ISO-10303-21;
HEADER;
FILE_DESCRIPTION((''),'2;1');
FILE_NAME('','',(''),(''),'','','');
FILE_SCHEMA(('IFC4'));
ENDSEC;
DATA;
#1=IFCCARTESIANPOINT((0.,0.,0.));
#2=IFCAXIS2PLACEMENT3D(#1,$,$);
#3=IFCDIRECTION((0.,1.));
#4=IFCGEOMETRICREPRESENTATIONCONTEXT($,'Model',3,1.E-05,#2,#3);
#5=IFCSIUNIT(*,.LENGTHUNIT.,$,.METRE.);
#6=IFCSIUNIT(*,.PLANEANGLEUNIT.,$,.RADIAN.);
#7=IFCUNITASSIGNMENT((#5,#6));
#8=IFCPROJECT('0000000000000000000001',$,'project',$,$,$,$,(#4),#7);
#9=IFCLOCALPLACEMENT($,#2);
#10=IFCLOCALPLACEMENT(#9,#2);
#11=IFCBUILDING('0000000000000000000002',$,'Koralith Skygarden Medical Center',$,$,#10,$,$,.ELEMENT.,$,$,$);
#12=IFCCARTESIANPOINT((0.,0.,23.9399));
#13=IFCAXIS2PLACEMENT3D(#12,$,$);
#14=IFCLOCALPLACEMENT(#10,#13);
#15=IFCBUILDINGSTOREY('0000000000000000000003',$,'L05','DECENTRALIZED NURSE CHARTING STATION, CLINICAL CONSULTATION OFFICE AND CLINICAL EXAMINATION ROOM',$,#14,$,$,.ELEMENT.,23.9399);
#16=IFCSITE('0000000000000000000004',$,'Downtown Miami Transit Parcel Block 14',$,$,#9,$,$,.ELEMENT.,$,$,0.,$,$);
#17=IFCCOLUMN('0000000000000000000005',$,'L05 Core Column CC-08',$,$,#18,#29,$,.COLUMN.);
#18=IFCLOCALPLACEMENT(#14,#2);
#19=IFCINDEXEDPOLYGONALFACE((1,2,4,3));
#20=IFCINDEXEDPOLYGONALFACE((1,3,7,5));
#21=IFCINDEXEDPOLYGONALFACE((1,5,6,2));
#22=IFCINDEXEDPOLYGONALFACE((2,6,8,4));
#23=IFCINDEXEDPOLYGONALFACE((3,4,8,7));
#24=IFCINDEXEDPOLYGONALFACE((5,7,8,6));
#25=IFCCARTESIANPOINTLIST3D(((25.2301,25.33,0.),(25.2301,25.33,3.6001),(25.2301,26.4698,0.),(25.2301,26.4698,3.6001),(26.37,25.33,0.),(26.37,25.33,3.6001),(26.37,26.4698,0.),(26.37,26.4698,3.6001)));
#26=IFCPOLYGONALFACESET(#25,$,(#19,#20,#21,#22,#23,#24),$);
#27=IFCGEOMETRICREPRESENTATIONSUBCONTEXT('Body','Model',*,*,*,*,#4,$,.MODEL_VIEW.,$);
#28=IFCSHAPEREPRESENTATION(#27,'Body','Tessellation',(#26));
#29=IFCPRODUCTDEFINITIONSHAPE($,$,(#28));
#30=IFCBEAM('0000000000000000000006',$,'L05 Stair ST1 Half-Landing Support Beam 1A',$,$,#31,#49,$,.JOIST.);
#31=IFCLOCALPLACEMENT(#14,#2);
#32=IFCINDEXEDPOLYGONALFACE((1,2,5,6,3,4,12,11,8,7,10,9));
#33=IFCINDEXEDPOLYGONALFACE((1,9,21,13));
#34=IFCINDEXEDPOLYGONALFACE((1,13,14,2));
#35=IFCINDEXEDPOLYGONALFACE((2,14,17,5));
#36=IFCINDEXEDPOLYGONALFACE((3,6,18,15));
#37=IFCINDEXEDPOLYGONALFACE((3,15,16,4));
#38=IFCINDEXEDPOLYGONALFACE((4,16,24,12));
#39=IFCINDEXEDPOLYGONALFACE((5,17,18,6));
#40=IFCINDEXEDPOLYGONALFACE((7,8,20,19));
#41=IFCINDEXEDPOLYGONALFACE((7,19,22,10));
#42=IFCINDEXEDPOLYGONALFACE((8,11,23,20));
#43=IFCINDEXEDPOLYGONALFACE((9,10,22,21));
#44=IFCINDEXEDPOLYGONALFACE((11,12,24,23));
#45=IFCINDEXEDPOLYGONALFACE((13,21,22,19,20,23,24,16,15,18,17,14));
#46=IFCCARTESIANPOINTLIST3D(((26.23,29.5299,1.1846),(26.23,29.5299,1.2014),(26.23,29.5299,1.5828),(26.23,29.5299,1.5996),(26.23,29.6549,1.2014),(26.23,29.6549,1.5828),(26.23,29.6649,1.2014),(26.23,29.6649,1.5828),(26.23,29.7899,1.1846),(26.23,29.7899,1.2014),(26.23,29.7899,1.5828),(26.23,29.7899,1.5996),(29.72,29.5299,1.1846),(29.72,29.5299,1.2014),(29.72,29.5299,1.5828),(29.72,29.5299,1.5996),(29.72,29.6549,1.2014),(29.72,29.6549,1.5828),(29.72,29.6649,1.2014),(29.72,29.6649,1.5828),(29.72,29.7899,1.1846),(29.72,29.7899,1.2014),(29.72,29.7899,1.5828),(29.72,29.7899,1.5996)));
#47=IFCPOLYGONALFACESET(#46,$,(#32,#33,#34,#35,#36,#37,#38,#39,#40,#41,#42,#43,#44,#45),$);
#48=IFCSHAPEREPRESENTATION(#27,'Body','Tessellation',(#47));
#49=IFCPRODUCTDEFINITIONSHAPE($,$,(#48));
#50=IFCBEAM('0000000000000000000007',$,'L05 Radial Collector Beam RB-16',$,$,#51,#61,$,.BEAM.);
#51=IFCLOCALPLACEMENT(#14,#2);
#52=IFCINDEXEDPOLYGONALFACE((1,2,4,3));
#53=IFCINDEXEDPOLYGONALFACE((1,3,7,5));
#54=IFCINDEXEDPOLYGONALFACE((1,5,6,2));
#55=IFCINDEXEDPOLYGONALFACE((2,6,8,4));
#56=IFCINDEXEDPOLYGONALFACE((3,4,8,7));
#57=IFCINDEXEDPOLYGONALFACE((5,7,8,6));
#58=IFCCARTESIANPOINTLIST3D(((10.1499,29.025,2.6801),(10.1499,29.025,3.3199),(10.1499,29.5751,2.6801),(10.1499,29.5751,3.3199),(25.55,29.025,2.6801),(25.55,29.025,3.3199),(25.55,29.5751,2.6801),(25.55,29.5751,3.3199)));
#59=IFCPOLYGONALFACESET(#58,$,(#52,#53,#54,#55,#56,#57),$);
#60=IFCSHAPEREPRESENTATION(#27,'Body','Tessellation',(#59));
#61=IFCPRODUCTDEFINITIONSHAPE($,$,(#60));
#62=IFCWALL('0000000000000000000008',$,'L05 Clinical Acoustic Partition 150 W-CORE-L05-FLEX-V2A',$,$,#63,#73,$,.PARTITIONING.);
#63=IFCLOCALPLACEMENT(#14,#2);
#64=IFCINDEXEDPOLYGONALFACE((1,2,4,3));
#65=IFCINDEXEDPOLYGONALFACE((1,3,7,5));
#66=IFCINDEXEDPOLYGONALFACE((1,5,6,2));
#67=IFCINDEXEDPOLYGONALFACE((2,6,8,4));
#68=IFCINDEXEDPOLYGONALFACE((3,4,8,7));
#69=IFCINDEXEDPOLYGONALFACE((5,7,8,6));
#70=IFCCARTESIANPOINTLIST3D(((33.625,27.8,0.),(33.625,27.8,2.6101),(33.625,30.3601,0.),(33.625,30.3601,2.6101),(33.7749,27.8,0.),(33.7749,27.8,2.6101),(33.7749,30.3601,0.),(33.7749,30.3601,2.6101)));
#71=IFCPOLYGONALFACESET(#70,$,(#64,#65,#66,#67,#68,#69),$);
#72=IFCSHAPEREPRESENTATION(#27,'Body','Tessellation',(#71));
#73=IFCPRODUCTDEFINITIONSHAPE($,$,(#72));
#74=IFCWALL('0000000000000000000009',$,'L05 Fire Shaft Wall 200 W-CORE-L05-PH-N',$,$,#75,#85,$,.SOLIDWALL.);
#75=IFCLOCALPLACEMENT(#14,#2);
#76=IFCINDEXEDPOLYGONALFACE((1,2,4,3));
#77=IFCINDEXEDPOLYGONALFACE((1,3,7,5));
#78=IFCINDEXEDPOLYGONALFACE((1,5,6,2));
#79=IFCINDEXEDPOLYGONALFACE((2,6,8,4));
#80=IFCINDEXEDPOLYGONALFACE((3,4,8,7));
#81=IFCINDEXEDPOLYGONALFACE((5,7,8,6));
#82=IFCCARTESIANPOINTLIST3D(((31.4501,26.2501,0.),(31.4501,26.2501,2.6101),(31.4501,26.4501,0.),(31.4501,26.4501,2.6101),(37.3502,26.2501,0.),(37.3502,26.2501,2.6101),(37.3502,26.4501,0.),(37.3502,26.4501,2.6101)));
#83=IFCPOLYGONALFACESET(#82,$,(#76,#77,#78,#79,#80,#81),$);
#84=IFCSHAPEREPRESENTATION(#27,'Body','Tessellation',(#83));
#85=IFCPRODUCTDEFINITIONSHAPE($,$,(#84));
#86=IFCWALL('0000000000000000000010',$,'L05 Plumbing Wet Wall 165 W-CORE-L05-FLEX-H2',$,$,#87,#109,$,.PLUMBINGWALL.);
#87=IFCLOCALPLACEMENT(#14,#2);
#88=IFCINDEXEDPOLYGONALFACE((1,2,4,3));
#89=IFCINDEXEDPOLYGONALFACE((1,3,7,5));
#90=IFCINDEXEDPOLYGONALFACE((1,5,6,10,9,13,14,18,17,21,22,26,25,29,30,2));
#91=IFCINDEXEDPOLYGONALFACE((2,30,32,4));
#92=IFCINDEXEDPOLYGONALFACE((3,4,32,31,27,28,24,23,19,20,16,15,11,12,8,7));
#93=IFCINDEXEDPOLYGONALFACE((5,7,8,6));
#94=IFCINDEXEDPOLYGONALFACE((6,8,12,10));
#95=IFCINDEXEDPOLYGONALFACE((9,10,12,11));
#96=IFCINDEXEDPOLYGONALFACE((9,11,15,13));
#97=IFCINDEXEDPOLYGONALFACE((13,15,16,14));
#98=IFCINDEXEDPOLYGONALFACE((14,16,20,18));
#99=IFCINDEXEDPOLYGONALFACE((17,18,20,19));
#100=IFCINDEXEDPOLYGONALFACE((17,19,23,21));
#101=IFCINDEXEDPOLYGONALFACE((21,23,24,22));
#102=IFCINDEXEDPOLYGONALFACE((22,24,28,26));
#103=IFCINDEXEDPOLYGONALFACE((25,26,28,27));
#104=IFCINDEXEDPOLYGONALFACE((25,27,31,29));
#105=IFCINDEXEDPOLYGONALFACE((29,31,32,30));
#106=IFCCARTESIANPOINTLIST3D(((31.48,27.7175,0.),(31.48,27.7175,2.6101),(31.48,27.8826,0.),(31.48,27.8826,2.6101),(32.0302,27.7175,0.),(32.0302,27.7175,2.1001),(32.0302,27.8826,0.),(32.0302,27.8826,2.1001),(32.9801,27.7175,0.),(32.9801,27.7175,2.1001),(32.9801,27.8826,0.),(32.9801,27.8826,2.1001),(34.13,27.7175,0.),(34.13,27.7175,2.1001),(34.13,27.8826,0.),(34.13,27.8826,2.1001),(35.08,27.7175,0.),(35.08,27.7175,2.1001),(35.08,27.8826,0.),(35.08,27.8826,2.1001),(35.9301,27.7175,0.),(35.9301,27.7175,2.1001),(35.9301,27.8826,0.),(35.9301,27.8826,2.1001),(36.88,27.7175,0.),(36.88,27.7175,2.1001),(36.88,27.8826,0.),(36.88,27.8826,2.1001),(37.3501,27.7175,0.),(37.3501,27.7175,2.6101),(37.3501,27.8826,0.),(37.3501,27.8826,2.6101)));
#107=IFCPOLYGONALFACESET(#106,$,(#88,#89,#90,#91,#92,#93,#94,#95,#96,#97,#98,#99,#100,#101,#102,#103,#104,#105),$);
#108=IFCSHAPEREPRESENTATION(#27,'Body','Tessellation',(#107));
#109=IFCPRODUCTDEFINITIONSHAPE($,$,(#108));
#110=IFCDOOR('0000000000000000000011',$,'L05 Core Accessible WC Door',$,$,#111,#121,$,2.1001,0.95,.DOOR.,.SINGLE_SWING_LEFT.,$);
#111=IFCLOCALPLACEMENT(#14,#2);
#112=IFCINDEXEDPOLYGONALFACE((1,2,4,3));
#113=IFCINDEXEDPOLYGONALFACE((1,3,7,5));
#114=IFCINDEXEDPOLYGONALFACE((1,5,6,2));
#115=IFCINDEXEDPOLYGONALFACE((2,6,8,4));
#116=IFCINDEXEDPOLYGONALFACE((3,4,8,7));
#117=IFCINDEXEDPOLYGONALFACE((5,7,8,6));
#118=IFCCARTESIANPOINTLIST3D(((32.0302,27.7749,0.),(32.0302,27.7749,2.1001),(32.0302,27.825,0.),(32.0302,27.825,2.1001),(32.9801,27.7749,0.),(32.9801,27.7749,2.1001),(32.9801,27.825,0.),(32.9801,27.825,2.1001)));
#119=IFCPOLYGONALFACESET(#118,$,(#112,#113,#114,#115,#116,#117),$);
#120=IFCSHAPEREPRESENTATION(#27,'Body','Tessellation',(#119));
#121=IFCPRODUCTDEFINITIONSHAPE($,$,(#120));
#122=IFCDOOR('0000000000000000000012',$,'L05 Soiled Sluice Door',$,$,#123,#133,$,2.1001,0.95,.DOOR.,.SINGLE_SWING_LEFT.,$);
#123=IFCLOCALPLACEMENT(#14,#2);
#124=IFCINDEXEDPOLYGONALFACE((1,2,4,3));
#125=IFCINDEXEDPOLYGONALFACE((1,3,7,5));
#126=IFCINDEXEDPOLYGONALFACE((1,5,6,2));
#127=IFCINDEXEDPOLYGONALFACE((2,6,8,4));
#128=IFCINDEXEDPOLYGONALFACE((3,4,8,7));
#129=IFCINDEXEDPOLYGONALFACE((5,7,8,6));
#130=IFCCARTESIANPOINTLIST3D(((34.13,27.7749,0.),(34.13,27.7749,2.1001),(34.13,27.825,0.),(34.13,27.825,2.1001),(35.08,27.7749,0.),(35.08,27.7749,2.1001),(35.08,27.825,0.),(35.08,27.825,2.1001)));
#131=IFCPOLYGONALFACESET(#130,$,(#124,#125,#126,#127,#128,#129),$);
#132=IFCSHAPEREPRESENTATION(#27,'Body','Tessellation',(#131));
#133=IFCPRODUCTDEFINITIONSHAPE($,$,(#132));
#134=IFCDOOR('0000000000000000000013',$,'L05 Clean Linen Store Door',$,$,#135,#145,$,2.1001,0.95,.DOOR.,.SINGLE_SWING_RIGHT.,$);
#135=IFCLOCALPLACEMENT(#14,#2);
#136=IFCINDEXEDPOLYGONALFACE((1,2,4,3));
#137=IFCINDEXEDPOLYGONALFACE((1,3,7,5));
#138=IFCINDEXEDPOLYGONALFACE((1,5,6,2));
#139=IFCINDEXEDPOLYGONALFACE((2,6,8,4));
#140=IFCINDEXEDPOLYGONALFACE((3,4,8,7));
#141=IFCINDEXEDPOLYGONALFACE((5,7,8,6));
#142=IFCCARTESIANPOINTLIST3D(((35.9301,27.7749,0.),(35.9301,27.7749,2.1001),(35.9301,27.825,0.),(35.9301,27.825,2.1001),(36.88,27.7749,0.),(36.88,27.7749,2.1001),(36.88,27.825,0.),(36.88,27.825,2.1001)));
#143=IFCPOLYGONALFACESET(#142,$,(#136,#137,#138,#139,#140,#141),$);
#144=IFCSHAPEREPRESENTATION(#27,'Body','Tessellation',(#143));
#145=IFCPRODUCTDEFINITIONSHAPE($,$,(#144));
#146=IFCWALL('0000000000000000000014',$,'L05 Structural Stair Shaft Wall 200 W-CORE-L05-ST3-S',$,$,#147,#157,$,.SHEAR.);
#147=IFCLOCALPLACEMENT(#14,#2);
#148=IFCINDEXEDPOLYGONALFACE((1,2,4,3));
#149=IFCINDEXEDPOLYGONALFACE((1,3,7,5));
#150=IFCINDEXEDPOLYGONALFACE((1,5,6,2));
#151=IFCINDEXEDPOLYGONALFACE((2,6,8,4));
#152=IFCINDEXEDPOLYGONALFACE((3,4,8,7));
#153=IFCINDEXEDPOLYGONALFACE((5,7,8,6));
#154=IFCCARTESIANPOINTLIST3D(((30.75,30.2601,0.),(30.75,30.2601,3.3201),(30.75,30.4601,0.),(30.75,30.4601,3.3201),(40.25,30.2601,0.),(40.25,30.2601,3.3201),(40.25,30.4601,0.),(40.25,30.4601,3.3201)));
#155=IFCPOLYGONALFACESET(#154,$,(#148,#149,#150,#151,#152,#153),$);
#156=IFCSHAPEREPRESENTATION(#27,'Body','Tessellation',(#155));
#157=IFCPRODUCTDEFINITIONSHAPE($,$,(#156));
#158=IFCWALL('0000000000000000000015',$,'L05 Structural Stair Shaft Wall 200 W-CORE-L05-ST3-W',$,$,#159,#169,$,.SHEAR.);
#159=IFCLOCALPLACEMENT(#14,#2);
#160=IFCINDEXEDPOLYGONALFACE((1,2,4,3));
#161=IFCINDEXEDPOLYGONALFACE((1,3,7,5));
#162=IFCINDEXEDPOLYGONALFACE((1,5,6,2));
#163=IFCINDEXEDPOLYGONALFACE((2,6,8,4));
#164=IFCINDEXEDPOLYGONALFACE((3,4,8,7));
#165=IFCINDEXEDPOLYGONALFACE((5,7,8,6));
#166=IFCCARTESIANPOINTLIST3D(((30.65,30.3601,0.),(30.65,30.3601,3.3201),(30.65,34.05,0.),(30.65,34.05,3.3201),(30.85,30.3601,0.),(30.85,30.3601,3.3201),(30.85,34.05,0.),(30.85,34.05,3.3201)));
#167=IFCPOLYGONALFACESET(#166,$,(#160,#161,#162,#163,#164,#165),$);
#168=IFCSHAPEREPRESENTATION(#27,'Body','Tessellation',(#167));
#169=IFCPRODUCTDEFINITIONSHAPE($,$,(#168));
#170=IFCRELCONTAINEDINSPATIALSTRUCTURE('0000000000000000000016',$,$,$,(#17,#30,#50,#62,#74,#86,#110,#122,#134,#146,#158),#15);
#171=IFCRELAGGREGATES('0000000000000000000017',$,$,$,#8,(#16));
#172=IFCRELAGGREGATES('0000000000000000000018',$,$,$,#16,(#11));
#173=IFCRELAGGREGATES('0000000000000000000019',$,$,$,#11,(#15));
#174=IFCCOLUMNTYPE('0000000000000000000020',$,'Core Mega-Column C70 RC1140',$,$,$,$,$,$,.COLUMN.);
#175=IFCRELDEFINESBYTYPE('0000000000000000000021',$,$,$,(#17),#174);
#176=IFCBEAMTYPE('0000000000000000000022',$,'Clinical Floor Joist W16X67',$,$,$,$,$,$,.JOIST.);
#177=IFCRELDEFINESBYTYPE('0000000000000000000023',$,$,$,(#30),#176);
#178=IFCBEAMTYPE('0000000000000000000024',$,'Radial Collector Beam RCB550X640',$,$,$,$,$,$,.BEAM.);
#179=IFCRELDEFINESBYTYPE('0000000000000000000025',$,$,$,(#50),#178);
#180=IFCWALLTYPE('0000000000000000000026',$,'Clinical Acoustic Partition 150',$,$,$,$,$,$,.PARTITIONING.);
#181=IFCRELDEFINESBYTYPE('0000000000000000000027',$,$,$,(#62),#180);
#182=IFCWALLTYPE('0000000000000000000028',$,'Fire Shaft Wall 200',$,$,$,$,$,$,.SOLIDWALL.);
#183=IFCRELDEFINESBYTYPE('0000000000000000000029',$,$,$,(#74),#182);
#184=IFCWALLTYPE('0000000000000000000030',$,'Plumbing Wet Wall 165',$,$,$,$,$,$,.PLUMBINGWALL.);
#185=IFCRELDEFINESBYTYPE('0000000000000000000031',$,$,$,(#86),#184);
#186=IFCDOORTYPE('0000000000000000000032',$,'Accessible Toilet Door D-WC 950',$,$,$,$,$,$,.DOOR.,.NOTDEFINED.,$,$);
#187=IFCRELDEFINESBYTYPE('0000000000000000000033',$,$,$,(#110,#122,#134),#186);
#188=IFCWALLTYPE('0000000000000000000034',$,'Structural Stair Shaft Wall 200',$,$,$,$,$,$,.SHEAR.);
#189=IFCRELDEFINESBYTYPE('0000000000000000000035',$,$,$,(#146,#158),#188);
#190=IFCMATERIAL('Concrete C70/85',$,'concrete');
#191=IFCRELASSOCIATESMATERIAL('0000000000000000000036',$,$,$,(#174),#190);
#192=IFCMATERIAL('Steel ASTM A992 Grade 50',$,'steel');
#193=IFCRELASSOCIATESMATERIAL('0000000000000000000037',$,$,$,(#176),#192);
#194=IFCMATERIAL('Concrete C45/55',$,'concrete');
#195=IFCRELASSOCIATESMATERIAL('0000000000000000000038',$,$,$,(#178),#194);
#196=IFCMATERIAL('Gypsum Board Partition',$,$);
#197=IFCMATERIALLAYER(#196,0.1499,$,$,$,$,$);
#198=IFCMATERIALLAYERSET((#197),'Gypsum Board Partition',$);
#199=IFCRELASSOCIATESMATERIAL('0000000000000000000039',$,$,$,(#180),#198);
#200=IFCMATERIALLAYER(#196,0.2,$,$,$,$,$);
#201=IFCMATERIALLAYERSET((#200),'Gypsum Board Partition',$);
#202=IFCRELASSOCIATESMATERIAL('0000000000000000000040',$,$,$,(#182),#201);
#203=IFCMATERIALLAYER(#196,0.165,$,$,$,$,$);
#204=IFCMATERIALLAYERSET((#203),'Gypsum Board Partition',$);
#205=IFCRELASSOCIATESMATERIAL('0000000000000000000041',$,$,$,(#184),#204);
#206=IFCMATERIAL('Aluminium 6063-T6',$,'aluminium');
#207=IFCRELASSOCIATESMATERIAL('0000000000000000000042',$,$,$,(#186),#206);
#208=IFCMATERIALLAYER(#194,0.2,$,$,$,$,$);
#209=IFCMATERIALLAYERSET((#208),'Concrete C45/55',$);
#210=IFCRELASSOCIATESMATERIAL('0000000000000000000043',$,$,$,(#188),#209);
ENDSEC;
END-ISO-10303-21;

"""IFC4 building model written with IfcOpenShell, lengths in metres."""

from ifc_helpers import new_model, si_unit, direction, frame, frame_2d, origin, origin_2d, place, context, subcontext, project, spatial, rectangle, i_section, extrude, material, layer, layer_set, material_profile, profile_set, type_object, element, fill, save


model = new_model("IFC4")

# Units and contexts
model_context = context("Model", 3, precision=1e-05, world=origin(), true_north=direction((0.0, 1.0)))
body_context = subcontext(model_context, "Body", "Model", "MODEL_VIEW")
ifc_project = project(units=[si_unit("LENGTHUNIT", "METRE"), si_unit("PLANEANGLEUNIT", "RADIAN")], contexts=[model_context])

# Site, building, storey
site_placement = place(None, origin())
site = spatial("IfcSite", under=ifc_project, at=site_placement, Name="Downtown Miami Transit Parcel Block 14", CompositionType="ELEMENT", RefElevation=0.0)
building_placement = place(site_placement, origin())
building = spatial("IfcBuilding", under=site, at=building_placement, Name="Koralith Skygarden Medical Center", CompositionType="ELEMENT")
storey_placement = place(building_placement, frame((0.0, 0.0, 23.9399)))
storey = spatial("IfcBuildingStorey", under=building, at=storey_placement, Name="L05", Description="DECENTRALIZED NURSE CHARTING STATION, CLINICAL CONSULTATION OFFICE AND CLINICAL EXAMINATION ROOM", CompositionType="ELEMENT", Elevation=23.9399)

# Column
ifc_material_1 = material(Name="Concrete C70/85", Category="concrete")
ifc_material_profile_1 = material_profile(ifc_material_1, rectangle(XDim=1.1399, YDim=1.1399, at=origin_2d()), Name="RC1140X1140")
ifc_profile_set_1 = profile_set([ifc_material_profile_1], Name="Concrete C70/85")
column_type = type_object("IfcColumnType", Name="Core Mega-Column C70 RC1140", PredefinedType="COLUMN", material=ifc_profile_set_1)
column_placement = place(storey_placement, frame((25.8, 25.8999, 0.0), z_axis=(0.0, 0.0, 1.0), x_axis=(1.0, 0.0, 0.0)))
element("IfcColumn", 1, at=column_placement, inside=storey, type_object=column_type, Name="L05 Core Column CC-08", PredefinedType="COLUMN", context=body_context, shape_type="SweptSolid", body=[
    extrude(rectangle(XDim=1.1399, YDim=1.1399, at=origin_2d()), origin(), (0.0, 0.0, 1.0), 3.6001),
])

# Beams
ifc_material_2 = material(Name="Steel ASTM A992 Grade 50", Category="steel")
ifc_material_profile_2 = material_profile(ifc_material_2, i_section(OverallWidth=0.26, OverallDepth=0.415, WebThickness=0.01, FlangeThickness=0.0168, at=origin_2d()), Name="W16X67")
ifc_profile_set_2 = profile_set([ifc_material_profile_2], Name="Steel ASTM A992 Grade 50")
beam_type_1 = type_object("IfcBeamType", Name="Clinical Floor Joist W16X67", PredefinedType="JOIST", material=ifc_profile_set_2)
beam_1_placement = place(storey_placement, frame((26.23, 29.6599, 1.3921), z_axis=(1.0, 0.0, 0.0), x_axis=(0.0, 1.0, 0.0)))
element("IfcBeam", 2, at=beam_1_placement, inside=storey, type_object=beam_type_1, Name="L05 Stair ST1 Half-Landing Support Beam 1A", PredefinedType="JOIST", context=body_context, shape_type="SweptSolid", body=[
    extrude(i_section(OverallWidth=0.26, OverallDepth=0.415, WebThickness=0.01, FlangeThickness=0.0168, at=origin_2d()), origin(), (0.0, 0.0, 1.0), 3.49),
])
ifc_material_3 = material(Name="Concrete C45/55", Category="concrete")
ifc_material_profile_3 = material_profile(ifc_material_3, rectangle(XDim=0.55, YDim=0.6399, at=origin_2d()), Name="RCB550X640")
ifc_profile_set_3 = profile_set([ifc_material_profile_3], Name="Concrete C45/55")
beam_type_2 = type_object("IfcBeamType", Name="Radial Collector Beam RCB550X640", PredefinedType="BEAM", material=ifc_profile_set_3)
beam_2_placement = place(storey_placement, frame((25.55, 29.3, 3.0), z_axis=(-1.0, 0.0, 0.0), x_axis=(0.0, -1.0, 0.0)))
element("IfcBeam", 3, at=beam_2_placement, inside=storey, type_object=beam_type_2, Name="L05 Radial Collector Beam RB-16", PredefinedType="BEAM", context=body_context, shape_type="SweptSolid", body=[
    extrude(rectangle(XDim=0.55, YDim=0.6399, at=origin_2d()), origin(), (0.0, 0.0, 1.0), 15.4001),
])

# Walls
ifc_material_4 = material(Name="Gypsum Board Partition")
ifc_layer_1 = layer(ifc_material_4, 0.1499)
ifc_layer_set_1 = layer_set([ifc_layer_1], Name="Gypsum Board Partition")
wall_type_1 = type_object("IfcWallType", Name="Clinical Acoustic Partition 150", PredefinedType="PARTITIONING", material=ifc_layer_set_1)
wall_1_placement = place(storey_placement, frame((33.7, 27.8, 0.0), z_axis=(0.0, 0.0, 1.0), x_axis=(0.0, 1.0, 0.0)))
element("IfcWall", 4, at=wall_1_placement, inside=storey, type_object=wall_type_1, Name="L05 Clinical Acoustic Partition 150 W-CORE-L05-FLEX-V2A", PredefinedType="PARTITIONING", context=body_context, shape_type="SweptSolid", body=[
    extrude(rectangle(XDim=2.5601, YDim=0.1499, at=frame_2d((1.28, 0.0))), origin(), (0.0, 0.0, 1.0), 2.6101),
])
ifc_layer_2 = layer(ifc_material_4, 0.2)
ifc_layer_set_2 = layer_set([ifc_layer_2], Name="Gypsum Board Partition")
wall_type_2 = type_object("IfcWallType", Name="Fire Shaft Wall 200", PredefinedType="SOLIDWALL", material=ifc_layer_set_2)
wall_2_placement = place(storey_placement, frame((31.45, 26.3501, 0.0), z_axis=(0.0, 0.0, 1.0), x_axis=(1.0, 0.0, 0.0)))
element("IfcWall", 5, at=wall_2_placement, inside=storey, type_object=wall_type_2, Name="L05 Fire Shaft Wall 200 W-CORE-L05-PH-N", PredefinedType="SOLIDWALL", context=body_context, shape_type="SweptSolid", body=[
    extrude(rectangle(XDim=5.9001, YDim=0.2, at=frame_2d((2.9502, 0.0))), origin(), (0.0, 0.0, 1.0), 2.6101),
])

# Shared definitions
ifc_layer_3 = layer(ifc_material_4, 0.165)
ifc_layer_set_3 = layer_set([ifc_layer_3], Name="Gypsum Board Partition")
wall_type_3 = type_object("IfcWallType", Name="Plumbing Wet Wall 165", PredefinedType="PLUMBINGWALL", material=ifc_layer_set_3)
ifc_material_5 = material(Name="Aluminium 6063-T6", Category="aluminium")

# Wall, openings, doors
wall_3_placement = place(storey_placement, frame((31.48, 27.8, 0.0), z_axis=(0.0, 0.0, 1.0), x_axis=(1.0, 0.0, 0.0)))
wall_3 = element("IfcWall", 6, at=wall_3_placement, inside=storey, type_object=wall_type_3, Name="L05 Plumbing Wet Wall 165 W-CORE-L05-FLEX-H2", PredefinedType="PLUMBINGWALL", context=body_context, shape_type="SweptSolid", body=[
    extrude(rectangle(XDim=5.8701, YDim=0.165, at=frame_2d((2.9351, 0.0))), origin(), (0.0, 0.0, 1.0), 2.6101),
])
opening_1_placement = place(wall_3_placement, frame((0.55, 0.0, 0.0)))
opening_1 = element("IfcOpeningElement", 7, at=opening_1_placement, cuts=wall_3, PredefinedType="OPENING", context=body_context, shape_type="SweptSolid", body=[
    extrude(rectangle(XDim=0.95, YDim=2.1001, at=frame_2d((0.4751, 1.05))), frame((0.0, 0.0925, 0.0), z_axis=(0.0, -1.0, 0.0), x_axis=(1.0, 0.0, 0.0)), (0.0, 0.0, 1.0), 0.1851),
])
opening_2_placement = place(wall_3_placement, frame((2.6499, 0.0, 0.0)))
opening_2 = element("IfcOpeningElement", 8, at=opening_2_placement, cuts=wall_3, PredefinedType="OPENING", context=body_context, shape_type="SweptSolid", body=[
    extrude(rectangle(XDim=0.95, YDim=2.1001, at=frame_2d((0.4751, 1.05))), frame((0.0, 0.0925, 0.0), z_axis=(0.0, -1.0, 0.0), x_axis=(1.0, 0.0, 0.0)), (0.0, 0.0, 1.0), 0.1851),
])
opening_3_placement = place(wall_3_placement, frame((4.45, 0.0, 0.0)))
opening_3 = element("IfcOpeningElement", 9, at=opening_3_placement, cuts=wall_3, PredefinedType="OPENING", context=body_context, shape_type="SweptSolid", body=[
    extrude(rectangle(XDim=0.95, YDim=2.1001, at=frame_2d((0.4751, 1.05))), frame((0.0, 0.0925, 0.0), z_axis=(0.0, -1.0, 0.0), x_axis=(1.0, 0.0, 0.0)), (0.0, 0.0, 1.0), 0.1851),
])
door_type_1 = type_object("IfcDoorType", Name="Accessible Toilet Door D-WC 950", OperationType="NOTDEFINED", PredefinedType="DOOR", material=ifc_material_5)
door_1_placement = place(opening_1_placement, origin())
door_1 = element("IfcDoor", 10, at=door_1_placement, inside=storey, type_object=door_type_1, Name="L05 Core Accessible WC Door", OperationType="SINGLE_SWING_LEFT", OverallHeight=2.1001, OverallWidth=0.95, PredefinedType="DOOR", context=body_context, shape_type="SweptSolid", body=[
    extrude(rectangle(XDim=0.95, YDim=2.1001, at=frame_2d((0.4751, 1.05))), frame((0.0, 0.0249, 0.0), z_axis=(0.0, -1.0, 0.0), x_axis=(1.0, 0.0, 0.0)), (0.0, 0.0, 1.0), 0.05),
])
fill(opening_1, door_1)
door_2_placement = place(opening_2_placement, origin())
door_2 = element("IfcDoor", 11, at=door_2_placement, inside=storey, type_object=door_type_1, Name="L05 Soiled Sluice Door", OperationType="SINGLE_SWING_LEFT", OverallHeight=2.1001, OverallWidth=0.95, PredefinedType="DOOR", context=body_context, shape_type="SweptSolid", body=[
    extrude(rectangle(XDim=0.95, YDim=2.1001, at=frame_2d((0.4751, 1.05))), frame((0.0, 0.0249, 0.0), z_axis=(0.0, -1.0, 0.0), x_axis=(1.0, 0.0, 0.0)), (0.0, 0.0, 1.0), 0.05),
])
fill(opening_2, door_2)
door_3_placement = place(opening_3_placement, origin())
door_3 = element("IfcDoor", 12, at=door_3_placement, inside=storey, type_object=door_type_1, Name="L05 Clean Linen Store Door", OperationType="SINGLE_SWING_RIGHT", OverallHeight=2.1001, OverallWidth=0.95, PredefinedType="DOOR", context=body_context, shape_type="SweptSolid", body=[
    extrude(rectangle(XDim=0.95, YDim=2.1001, at=frame_2d((0.4751, 1.05))), frame((0.0, 0.0249, 0.0), z_axis=(0.0, -1.0, 0.0), x_axis=(1.0, 0.0, 0.0)), (0.0, 0.0, 1.0), 0.05),
])
fill(opening_3, door_3)

# Walls
ifc_layer_4 = layer(ifc_material_3, 0.2)
ifc_layer_set_4 = layer_set([ifc_layer_4], Name="Concrete C45/55")
wall_type_4 = type_object("IfcWallType", Name="Structural Stair Shaft Wall 200", PredefinedType="SHEAR", material=ifc_layer_set_4)
wall_4_placement = place(storey_placement, frame((30.75, 30.3601, 0.0), z_axis=(0.0, 0.0, 1.0), x_axis=(1.0, 0.0, 0.0)))
element("IfcWall", 13, at=wall_4_placement, inside=storey, type_object=wall_type_4, Name="L05 Structural Stair Shaft Wall 200 W-CORE-L05-ST3-S", PredefinedType="SHEAR", context=body_context, shape_type="SweptSolid", body=[
    extrude(rectangle(XDim=9.5, YDim=0.2, at=frame_2d((4.75, 0.0))), origin(), (0.0, 0.0, 1.0), 3.3201),
])
wall_5_placement = place(storey_placement, frame((30.75, 30.3601, 0.0), z_axis=(0.0, 0.0, 1.0), x_axis=(0.0, 1.0, 0.0)))
element("IfcWall", 14, at=wall_5_placement, inside=storey, type_object=wall_type_4, Name="L05 Structural Stair Shaft Wall 200 W-CORE-L05-ST3-W", PredefinedType="SHEAR", context=body_context, shape_type="SweptSolid", body=[
    extrude(rectangle(XDim=3.6899, YDim=0.2, at=frame_2d((1.845, 0.0))), origin(), (0.0, 0.0, 1.0), 3.3201),
])

save(model, "model.ifc")
